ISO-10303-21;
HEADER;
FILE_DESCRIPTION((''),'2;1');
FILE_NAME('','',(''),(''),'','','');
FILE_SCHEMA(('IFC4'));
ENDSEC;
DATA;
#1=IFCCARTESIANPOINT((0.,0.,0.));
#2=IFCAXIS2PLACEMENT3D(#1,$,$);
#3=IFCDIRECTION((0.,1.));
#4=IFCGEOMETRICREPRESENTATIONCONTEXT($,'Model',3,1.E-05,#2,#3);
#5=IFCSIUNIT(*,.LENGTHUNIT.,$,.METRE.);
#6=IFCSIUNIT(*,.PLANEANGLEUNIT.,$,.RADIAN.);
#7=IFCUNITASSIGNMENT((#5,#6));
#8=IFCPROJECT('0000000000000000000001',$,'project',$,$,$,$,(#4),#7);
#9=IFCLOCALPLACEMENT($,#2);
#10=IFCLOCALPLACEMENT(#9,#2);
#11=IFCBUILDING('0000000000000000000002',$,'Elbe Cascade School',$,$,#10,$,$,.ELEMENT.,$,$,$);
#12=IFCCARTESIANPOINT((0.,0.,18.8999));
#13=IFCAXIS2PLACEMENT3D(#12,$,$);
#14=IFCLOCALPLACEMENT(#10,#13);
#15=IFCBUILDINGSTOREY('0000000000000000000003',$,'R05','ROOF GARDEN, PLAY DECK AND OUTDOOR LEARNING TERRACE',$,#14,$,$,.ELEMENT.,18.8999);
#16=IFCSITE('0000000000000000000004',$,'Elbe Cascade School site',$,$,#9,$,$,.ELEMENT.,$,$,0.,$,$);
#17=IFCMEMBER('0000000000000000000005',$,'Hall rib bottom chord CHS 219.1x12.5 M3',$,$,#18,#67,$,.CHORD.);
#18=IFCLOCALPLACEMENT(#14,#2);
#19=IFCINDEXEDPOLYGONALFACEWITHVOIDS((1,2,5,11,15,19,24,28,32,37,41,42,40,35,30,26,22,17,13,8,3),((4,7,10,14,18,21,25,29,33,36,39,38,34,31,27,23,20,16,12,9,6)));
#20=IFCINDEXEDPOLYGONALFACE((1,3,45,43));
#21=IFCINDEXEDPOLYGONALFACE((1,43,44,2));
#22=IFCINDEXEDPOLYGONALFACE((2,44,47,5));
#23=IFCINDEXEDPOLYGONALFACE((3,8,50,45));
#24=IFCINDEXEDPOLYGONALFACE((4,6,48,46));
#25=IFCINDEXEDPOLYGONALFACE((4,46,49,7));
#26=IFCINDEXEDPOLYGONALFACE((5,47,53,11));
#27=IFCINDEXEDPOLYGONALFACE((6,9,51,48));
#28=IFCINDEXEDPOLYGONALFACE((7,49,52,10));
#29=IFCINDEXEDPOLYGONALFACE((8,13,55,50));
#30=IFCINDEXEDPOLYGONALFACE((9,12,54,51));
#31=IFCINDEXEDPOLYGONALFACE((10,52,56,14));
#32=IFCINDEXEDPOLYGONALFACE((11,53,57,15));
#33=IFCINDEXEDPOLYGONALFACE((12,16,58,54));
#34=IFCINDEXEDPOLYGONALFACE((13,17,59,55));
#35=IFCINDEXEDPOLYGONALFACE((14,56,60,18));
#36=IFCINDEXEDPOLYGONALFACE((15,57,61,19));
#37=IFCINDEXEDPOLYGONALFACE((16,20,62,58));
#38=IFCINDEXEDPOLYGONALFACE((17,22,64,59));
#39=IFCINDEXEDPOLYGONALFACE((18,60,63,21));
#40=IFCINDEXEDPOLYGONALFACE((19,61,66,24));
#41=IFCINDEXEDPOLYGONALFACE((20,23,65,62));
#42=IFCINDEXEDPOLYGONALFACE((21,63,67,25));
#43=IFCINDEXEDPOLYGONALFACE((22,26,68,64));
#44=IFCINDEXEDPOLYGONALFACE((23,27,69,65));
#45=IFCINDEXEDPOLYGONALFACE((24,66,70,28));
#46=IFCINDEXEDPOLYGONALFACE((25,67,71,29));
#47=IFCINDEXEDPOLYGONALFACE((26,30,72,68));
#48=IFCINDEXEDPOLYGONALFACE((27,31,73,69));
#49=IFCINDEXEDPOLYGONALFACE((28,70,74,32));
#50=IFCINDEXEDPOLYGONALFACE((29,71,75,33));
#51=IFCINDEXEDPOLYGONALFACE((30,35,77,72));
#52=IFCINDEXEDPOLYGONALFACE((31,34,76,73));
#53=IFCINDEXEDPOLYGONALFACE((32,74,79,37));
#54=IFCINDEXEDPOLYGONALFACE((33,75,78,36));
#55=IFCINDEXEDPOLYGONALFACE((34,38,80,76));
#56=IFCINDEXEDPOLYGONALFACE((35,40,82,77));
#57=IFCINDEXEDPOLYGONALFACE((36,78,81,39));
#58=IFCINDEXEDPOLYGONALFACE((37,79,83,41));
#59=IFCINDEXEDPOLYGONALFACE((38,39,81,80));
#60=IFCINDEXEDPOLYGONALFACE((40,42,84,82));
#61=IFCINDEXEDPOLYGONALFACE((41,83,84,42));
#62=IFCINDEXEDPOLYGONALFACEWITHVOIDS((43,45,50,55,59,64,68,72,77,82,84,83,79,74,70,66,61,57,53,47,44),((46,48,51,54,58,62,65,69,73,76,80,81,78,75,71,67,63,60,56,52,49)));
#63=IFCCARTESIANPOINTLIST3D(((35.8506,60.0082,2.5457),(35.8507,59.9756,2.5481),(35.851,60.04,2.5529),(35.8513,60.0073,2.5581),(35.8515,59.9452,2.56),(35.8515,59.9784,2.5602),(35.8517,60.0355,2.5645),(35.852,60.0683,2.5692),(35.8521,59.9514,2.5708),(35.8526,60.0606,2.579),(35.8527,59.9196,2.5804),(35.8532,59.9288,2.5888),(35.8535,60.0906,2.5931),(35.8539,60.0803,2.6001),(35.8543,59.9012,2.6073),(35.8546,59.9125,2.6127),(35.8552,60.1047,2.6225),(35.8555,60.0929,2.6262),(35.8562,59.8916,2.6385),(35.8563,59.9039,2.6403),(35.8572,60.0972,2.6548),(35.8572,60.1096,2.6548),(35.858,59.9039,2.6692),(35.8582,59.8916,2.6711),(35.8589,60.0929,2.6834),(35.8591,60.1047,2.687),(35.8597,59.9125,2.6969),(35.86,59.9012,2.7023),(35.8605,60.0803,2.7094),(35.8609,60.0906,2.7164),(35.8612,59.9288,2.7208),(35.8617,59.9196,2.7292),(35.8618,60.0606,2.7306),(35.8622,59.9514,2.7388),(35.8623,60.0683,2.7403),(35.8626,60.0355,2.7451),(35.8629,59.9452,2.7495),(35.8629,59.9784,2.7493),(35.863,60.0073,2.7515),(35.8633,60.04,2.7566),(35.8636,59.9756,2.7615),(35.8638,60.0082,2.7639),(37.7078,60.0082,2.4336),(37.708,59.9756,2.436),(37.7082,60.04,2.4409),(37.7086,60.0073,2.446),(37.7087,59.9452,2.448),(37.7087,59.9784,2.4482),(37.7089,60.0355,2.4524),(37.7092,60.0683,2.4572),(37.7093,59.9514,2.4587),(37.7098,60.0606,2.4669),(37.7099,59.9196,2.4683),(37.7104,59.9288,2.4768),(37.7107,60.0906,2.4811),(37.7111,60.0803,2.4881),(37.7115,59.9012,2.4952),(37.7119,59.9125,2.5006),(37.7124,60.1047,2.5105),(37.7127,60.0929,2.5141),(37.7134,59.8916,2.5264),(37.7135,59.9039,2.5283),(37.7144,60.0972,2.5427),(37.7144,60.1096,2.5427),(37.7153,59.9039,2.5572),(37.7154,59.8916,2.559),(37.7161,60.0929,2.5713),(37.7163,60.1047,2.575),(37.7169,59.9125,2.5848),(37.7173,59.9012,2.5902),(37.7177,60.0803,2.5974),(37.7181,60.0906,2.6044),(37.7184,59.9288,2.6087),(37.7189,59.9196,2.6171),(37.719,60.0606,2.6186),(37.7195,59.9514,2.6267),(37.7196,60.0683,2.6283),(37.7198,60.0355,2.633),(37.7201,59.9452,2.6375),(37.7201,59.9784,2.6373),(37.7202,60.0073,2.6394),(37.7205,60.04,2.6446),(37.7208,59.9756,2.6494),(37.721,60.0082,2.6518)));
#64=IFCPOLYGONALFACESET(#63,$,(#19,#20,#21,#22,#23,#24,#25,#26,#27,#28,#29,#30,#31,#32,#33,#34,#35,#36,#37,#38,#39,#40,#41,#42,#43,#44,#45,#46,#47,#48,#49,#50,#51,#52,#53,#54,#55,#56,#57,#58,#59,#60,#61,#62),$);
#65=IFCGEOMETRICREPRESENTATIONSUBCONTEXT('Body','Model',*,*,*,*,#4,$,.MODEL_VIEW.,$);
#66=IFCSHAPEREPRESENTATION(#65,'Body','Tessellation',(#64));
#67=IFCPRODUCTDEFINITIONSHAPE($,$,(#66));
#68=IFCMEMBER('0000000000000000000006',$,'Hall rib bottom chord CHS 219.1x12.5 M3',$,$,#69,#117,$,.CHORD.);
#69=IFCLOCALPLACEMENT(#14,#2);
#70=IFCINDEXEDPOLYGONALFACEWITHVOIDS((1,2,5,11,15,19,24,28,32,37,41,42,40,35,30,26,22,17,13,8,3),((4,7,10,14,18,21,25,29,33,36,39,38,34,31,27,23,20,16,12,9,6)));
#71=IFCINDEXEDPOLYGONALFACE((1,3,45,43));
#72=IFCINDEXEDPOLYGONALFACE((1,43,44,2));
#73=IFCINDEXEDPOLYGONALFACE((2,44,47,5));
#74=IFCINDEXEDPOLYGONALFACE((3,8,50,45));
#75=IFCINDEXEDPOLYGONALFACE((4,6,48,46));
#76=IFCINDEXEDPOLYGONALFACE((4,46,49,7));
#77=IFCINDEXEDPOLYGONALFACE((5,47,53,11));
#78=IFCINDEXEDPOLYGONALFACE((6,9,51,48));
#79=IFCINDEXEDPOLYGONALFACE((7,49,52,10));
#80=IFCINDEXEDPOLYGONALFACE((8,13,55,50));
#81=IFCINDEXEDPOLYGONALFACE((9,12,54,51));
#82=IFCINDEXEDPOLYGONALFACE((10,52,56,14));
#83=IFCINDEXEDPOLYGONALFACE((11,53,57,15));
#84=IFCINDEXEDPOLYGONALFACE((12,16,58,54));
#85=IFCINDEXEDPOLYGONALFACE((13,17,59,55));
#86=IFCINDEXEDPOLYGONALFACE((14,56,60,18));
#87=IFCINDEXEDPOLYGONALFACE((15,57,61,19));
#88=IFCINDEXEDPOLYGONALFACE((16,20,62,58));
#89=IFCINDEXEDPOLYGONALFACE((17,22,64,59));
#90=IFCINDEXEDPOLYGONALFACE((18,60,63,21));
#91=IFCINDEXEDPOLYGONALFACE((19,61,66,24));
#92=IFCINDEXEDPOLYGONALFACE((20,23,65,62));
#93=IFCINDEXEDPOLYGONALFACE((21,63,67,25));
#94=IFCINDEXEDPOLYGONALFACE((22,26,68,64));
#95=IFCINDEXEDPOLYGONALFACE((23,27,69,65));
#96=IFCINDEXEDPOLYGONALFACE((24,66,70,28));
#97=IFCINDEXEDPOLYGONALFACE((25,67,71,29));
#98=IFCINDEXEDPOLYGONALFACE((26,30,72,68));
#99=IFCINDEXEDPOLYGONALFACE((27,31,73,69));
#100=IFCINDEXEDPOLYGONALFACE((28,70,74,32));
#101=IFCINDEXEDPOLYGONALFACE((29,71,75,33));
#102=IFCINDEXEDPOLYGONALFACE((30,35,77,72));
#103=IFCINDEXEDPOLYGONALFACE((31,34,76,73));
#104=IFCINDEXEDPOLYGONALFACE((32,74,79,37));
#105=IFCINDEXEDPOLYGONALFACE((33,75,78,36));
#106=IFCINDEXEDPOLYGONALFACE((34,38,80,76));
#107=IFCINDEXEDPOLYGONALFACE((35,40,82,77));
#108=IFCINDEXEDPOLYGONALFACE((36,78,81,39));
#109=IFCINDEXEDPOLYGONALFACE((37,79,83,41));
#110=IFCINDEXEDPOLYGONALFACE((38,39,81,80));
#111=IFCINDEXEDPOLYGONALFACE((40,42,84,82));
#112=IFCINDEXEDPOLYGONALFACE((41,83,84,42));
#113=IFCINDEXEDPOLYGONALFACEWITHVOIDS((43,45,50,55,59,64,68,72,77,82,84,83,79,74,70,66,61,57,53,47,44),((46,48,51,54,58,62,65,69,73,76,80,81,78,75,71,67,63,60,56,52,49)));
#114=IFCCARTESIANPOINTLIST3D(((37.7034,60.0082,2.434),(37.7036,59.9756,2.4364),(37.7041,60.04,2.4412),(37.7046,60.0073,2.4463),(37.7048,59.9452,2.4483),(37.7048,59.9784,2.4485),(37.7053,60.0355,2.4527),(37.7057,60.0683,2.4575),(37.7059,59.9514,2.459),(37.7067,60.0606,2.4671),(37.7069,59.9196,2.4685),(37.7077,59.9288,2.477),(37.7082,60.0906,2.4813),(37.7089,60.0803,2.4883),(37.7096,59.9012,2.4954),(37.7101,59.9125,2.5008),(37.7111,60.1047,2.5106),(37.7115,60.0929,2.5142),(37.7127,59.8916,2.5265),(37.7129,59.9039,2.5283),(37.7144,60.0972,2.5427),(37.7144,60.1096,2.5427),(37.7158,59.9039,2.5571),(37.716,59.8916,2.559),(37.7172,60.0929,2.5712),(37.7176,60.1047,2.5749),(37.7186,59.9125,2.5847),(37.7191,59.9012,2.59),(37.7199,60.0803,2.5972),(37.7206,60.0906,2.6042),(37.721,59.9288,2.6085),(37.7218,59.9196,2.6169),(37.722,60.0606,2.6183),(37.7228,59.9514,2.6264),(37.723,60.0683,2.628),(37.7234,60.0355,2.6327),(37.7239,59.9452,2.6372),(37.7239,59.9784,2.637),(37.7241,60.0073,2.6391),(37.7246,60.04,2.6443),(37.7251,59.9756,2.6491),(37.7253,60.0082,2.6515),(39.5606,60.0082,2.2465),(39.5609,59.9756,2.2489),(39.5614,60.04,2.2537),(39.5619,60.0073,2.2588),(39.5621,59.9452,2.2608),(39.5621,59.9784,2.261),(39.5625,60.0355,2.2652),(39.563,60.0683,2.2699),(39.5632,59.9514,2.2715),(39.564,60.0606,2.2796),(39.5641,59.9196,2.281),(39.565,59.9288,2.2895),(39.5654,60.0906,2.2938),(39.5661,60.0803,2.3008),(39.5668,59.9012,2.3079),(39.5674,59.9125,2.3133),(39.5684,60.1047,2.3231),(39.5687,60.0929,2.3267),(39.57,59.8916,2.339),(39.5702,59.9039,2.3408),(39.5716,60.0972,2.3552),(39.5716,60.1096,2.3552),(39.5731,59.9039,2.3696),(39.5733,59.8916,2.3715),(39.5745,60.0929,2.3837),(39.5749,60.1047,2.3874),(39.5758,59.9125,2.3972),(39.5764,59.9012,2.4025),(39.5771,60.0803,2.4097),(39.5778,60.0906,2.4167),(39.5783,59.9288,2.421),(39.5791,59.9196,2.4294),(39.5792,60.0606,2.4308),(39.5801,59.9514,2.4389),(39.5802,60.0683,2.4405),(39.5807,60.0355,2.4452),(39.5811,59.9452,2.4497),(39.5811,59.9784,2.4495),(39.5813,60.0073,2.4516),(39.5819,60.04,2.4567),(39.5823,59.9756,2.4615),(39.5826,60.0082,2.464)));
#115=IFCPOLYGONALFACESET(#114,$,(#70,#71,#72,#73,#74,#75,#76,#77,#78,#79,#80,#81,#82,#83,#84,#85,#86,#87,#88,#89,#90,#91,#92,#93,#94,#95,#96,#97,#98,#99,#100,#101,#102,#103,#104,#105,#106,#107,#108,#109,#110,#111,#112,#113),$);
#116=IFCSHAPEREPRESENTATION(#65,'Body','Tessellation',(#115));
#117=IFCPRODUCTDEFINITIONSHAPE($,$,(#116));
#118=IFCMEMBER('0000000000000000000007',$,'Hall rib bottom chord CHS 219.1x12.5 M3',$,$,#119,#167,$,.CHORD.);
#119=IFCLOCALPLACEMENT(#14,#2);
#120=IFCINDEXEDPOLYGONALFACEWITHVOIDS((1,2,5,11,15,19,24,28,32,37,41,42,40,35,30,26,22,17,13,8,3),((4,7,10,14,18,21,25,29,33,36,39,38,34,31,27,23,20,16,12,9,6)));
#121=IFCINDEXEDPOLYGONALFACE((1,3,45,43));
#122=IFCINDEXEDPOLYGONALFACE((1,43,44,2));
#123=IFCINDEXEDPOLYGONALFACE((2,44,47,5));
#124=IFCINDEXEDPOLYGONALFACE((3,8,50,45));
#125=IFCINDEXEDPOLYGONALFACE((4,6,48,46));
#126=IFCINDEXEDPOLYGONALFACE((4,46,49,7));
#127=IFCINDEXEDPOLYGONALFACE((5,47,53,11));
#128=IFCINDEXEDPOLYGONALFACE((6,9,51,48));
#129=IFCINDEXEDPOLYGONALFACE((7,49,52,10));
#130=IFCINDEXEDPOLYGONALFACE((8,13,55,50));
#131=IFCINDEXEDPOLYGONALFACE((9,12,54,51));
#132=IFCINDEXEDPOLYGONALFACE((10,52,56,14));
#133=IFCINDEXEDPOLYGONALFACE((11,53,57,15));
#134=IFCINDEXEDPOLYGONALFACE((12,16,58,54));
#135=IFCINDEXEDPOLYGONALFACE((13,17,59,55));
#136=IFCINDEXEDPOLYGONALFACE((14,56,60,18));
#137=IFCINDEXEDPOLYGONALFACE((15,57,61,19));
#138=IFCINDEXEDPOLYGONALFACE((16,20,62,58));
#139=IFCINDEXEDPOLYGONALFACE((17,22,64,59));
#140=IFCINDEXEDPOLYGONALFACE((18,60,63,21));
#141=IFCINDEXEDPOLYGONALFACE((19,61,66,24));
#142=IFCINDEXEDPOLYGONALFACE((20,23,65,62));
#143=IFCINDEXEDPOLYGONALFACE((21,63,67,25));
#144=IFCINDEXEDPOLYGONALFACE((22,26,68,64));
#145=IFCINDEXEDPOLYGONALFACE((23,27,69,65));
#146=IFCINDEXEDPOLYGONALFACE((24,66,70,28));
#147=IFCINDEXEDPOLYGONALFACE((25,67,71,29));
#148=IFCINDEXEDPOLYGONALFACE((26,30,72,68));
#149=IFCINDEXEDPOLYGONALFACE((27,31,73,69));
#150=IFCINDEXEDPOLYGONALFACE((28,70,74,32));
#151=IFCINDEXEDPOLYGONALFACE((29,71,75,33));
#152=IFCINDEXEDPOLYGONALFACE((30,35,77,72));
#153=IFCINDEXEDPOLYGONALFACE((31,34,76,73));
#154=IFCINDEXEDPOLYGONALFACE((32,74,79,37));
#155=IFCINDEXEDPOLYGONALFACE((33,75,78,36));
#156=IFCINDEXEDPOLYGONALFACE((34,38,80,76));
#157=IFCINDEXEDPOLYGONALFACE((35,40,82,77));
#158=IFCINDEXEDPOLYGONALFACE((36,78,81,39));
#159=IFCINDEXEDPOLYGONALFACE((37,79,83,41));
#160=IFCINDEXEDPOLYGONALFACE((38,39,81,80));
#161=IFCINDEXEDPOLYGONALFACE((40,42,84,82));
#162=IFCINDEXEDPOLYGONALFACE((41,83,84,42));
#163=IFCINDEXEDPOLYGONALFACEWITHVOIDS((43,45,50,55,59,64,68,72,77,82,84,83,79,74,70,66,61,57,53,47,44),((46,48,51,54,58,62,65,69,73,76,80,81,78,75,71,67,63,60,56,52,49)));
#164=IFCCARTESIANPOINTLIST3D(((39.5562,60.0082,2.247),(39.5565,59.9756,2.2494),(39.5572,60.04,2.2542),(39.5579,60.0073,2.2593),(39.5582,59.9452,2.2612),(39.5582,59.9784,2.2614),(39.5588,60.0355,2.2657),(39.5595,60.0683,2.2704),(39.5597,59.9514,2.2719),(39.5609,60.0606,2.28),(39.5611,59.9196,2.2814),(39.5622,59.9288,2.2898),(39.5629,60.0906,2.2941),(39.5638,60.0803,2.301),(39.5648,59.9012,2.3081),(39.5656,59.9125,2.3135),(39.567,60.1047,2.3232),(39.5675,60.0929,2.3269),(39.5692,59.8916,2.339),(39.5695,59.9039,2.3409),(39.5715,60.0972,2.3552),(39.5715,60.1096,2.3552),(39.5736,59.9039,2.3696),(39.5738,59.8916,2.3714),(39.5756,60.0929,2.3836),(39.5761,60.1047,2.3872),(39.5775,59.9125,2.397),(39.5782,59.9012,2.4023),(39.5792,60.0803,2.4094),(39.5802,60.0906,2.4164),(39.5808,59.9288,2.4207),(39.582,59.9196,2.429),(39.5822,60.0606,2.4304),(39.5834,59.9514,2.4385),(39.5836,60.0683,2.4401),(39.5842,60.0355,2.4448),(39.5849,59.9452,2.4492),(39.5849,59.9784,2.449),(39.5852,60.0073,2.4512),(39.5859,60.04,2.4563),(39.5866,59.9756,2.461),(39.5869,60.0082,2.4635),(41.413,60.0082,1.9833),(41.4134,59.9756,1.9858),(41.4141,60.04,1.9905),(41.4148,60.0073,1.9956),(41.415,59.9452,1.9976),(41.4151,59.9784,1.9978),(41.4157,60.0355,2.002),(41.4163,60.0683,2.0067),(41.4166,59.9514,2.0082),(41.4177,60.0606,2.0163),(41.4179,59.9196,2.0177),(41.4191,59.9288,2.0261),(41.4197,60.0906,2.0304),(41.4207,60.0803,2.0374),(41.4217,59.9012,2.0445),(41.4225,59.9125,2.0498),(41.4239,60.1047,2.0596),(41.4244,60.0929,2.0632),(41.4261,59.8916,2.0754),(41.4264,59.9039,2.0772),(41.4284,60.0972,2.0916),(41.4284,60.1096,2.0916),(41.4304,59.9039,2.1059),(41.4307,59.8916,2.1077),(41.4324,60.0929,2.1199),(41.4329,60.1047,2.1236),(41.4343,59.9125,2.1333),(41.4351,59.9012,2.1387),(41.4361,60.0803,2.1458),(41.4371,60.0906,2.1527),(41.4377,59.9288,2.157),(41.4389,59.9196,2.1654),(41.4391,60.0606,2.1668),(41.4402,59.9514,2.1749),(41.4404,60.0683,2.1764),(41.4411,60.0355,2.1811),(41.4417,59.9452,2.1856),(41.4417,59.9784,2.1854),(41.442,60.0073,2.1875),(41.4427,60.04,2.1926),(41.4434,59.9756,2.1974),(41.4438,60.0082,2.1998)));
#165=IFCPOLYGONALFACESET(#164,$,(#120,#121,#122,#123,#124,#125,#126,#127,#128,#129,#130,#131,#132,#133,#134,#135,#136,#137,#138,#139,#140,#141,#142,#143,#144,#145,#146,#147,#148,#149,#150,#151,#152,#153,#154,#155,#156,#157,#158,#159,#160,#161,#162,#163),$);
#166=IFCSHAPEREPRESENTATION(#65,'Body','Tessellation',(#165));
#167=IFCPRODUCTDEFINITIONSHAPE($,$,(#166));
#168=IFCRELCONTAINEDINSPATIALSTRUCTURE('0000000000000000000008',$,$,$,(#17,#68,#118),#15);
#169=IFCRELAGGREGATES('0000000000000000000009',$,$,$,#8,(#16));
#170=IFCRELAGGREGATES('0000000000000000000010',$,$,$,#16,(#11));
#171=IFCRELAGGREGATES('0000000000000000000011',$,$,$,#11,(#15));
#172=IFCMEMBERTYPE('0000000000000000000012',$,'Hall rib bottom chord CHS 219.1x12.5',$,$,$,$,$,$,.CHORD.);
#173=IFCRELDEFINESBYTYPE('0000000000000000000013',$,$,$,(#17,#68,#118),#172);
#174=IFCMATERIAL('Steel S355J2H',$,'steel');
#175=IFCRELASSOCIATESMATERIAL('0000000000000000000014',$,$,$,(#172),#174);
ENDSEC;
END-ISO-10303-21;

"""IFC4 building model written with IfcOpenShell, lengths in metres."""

from ifc_helpers import new_model, si_unit, direction, frame, origin, origin_2d, place, context, subcontext, project, spatial, hollow_circle, extrude, material, material_profile, profile_set, type_object, element, save


model = new_model("IFC4")

# Units and contexts
model_context = context("Model", 3, precision=1e-05, world=origin(), true_north=direction((0.0, 1.0)))
body_context = subcontext(model_context, "Body", "Model", "MODEL_VIEW")
ifc_project = project(units=[si_unit("LENGTHUNIT", "METRE"), si_unit("PLANEANGLEUNIT", "RADIAN")], contexts=[model_context])

# Site, building, storey
site_placement = place(None, origin())
site = spatial("IfcSite", under=ifc_project, at=site_placement, Name="Elbe Cascade School site", CompositionType="ELEMENT", RefElevation=0.0)
building_placement = place(site_placement, origin())
building = spatial("IfcBuilding", under=site, at=building_placement, Name="Elbe Cascade School", CompositionType="ELEMENT")
storey_placement = place(building_placement, frame((0.0, 0.0, 18.8999)))
storey = spatial("IfcBuildingStorey", under=building, at=storey_placement, Name="R05", Description="ROOF GARDEN, PLAY DECK AND OUTDOOR LEARNING TERRACE", CompositionType="ELEMENT", Elevation=18.8999)

# Members
ifc_material_1 = material(Name="Steel S355J2H", Category="steel")
ifc_material_profile_1 = material_profile(ifc_material_1, hollow_circle(Radius=0.1096, WallThickness=0.0125, at=origin_2d()), Name="CHS 219.1x12.5")
ifc_profile_set_1 = profile_set([ifc_material_profile_1], Name="Steel S355J2H")
member_type_1 = type_object("IfcMemberType", Name="Hall rib bottom chord CHS 219.1x12.5", PredefinedType="CHORD", material=ifc_profile_set_1)
member_1_placement = place(storey_placement, frame((35.8572, 60.0, 2.6548), z_axis=(0.998185, 0.0, -0.06023), x_axis=(0.0, 1.0, 0.0)))
element("IfcMember", 1, at=member_1_placement, inside=storey, type_object=member_type_1, Name="Hall rib bottom chord CHS 219.1x12.5 M3", PredefinedType="CHORD", context=body_context, shape_type="SweptSolid", body=[
    extrude(hollow_circle(Radius=0.1096, WallThickness=0.0125, at=origin_2d()), origin(), (0.0, 0.0, 1.0), 1.8606),
])
member_2_placement = place(storey_placement, frame((37.7144, 60.0, 2.5427), z_axis=(0.994942, 0.0, -0.100449), x_axis=(0.0, 1.0, 0.0)))
element("IfcMember", 2, at=member_2_placement, inside=storey, type_object=member_type_1, Name="Hall rib bottom chord CHS 219.1x12.5 M3", PredefinedType="CHORD", context=body_context, shape_type="SweptSolid", body=[
    extrude(hollow_circle(Radius=0.1096, WallThickness=0.0125, at=origin_2d()), origin(), (0.0, 0.0, 1.0), 1.8667),
])
member_3_placement = place(storey_placement, frame((39.5715, 60.0, 2.3552), z_axis=(0.990069, 0.0, -0.140583), x_axis=(0.0, 1.0, 0.0)))
element("IfcMember", 3, at=member_3_placement, inside=storey, type_object=member_type_1, Name="Hall rib bottom chord CHS 219.1x12.5 M3", PredefinedType="CHORD", context=body_context, shape_type="SweptSolid", body=[
    extrude(hollow_circle(Radius=0.1096, WallThickness=0.0125, at=origin_2d()), origin(), (0.0, 0.0, 1.0), 1.8755),
])

save(model, "model.ifc")
